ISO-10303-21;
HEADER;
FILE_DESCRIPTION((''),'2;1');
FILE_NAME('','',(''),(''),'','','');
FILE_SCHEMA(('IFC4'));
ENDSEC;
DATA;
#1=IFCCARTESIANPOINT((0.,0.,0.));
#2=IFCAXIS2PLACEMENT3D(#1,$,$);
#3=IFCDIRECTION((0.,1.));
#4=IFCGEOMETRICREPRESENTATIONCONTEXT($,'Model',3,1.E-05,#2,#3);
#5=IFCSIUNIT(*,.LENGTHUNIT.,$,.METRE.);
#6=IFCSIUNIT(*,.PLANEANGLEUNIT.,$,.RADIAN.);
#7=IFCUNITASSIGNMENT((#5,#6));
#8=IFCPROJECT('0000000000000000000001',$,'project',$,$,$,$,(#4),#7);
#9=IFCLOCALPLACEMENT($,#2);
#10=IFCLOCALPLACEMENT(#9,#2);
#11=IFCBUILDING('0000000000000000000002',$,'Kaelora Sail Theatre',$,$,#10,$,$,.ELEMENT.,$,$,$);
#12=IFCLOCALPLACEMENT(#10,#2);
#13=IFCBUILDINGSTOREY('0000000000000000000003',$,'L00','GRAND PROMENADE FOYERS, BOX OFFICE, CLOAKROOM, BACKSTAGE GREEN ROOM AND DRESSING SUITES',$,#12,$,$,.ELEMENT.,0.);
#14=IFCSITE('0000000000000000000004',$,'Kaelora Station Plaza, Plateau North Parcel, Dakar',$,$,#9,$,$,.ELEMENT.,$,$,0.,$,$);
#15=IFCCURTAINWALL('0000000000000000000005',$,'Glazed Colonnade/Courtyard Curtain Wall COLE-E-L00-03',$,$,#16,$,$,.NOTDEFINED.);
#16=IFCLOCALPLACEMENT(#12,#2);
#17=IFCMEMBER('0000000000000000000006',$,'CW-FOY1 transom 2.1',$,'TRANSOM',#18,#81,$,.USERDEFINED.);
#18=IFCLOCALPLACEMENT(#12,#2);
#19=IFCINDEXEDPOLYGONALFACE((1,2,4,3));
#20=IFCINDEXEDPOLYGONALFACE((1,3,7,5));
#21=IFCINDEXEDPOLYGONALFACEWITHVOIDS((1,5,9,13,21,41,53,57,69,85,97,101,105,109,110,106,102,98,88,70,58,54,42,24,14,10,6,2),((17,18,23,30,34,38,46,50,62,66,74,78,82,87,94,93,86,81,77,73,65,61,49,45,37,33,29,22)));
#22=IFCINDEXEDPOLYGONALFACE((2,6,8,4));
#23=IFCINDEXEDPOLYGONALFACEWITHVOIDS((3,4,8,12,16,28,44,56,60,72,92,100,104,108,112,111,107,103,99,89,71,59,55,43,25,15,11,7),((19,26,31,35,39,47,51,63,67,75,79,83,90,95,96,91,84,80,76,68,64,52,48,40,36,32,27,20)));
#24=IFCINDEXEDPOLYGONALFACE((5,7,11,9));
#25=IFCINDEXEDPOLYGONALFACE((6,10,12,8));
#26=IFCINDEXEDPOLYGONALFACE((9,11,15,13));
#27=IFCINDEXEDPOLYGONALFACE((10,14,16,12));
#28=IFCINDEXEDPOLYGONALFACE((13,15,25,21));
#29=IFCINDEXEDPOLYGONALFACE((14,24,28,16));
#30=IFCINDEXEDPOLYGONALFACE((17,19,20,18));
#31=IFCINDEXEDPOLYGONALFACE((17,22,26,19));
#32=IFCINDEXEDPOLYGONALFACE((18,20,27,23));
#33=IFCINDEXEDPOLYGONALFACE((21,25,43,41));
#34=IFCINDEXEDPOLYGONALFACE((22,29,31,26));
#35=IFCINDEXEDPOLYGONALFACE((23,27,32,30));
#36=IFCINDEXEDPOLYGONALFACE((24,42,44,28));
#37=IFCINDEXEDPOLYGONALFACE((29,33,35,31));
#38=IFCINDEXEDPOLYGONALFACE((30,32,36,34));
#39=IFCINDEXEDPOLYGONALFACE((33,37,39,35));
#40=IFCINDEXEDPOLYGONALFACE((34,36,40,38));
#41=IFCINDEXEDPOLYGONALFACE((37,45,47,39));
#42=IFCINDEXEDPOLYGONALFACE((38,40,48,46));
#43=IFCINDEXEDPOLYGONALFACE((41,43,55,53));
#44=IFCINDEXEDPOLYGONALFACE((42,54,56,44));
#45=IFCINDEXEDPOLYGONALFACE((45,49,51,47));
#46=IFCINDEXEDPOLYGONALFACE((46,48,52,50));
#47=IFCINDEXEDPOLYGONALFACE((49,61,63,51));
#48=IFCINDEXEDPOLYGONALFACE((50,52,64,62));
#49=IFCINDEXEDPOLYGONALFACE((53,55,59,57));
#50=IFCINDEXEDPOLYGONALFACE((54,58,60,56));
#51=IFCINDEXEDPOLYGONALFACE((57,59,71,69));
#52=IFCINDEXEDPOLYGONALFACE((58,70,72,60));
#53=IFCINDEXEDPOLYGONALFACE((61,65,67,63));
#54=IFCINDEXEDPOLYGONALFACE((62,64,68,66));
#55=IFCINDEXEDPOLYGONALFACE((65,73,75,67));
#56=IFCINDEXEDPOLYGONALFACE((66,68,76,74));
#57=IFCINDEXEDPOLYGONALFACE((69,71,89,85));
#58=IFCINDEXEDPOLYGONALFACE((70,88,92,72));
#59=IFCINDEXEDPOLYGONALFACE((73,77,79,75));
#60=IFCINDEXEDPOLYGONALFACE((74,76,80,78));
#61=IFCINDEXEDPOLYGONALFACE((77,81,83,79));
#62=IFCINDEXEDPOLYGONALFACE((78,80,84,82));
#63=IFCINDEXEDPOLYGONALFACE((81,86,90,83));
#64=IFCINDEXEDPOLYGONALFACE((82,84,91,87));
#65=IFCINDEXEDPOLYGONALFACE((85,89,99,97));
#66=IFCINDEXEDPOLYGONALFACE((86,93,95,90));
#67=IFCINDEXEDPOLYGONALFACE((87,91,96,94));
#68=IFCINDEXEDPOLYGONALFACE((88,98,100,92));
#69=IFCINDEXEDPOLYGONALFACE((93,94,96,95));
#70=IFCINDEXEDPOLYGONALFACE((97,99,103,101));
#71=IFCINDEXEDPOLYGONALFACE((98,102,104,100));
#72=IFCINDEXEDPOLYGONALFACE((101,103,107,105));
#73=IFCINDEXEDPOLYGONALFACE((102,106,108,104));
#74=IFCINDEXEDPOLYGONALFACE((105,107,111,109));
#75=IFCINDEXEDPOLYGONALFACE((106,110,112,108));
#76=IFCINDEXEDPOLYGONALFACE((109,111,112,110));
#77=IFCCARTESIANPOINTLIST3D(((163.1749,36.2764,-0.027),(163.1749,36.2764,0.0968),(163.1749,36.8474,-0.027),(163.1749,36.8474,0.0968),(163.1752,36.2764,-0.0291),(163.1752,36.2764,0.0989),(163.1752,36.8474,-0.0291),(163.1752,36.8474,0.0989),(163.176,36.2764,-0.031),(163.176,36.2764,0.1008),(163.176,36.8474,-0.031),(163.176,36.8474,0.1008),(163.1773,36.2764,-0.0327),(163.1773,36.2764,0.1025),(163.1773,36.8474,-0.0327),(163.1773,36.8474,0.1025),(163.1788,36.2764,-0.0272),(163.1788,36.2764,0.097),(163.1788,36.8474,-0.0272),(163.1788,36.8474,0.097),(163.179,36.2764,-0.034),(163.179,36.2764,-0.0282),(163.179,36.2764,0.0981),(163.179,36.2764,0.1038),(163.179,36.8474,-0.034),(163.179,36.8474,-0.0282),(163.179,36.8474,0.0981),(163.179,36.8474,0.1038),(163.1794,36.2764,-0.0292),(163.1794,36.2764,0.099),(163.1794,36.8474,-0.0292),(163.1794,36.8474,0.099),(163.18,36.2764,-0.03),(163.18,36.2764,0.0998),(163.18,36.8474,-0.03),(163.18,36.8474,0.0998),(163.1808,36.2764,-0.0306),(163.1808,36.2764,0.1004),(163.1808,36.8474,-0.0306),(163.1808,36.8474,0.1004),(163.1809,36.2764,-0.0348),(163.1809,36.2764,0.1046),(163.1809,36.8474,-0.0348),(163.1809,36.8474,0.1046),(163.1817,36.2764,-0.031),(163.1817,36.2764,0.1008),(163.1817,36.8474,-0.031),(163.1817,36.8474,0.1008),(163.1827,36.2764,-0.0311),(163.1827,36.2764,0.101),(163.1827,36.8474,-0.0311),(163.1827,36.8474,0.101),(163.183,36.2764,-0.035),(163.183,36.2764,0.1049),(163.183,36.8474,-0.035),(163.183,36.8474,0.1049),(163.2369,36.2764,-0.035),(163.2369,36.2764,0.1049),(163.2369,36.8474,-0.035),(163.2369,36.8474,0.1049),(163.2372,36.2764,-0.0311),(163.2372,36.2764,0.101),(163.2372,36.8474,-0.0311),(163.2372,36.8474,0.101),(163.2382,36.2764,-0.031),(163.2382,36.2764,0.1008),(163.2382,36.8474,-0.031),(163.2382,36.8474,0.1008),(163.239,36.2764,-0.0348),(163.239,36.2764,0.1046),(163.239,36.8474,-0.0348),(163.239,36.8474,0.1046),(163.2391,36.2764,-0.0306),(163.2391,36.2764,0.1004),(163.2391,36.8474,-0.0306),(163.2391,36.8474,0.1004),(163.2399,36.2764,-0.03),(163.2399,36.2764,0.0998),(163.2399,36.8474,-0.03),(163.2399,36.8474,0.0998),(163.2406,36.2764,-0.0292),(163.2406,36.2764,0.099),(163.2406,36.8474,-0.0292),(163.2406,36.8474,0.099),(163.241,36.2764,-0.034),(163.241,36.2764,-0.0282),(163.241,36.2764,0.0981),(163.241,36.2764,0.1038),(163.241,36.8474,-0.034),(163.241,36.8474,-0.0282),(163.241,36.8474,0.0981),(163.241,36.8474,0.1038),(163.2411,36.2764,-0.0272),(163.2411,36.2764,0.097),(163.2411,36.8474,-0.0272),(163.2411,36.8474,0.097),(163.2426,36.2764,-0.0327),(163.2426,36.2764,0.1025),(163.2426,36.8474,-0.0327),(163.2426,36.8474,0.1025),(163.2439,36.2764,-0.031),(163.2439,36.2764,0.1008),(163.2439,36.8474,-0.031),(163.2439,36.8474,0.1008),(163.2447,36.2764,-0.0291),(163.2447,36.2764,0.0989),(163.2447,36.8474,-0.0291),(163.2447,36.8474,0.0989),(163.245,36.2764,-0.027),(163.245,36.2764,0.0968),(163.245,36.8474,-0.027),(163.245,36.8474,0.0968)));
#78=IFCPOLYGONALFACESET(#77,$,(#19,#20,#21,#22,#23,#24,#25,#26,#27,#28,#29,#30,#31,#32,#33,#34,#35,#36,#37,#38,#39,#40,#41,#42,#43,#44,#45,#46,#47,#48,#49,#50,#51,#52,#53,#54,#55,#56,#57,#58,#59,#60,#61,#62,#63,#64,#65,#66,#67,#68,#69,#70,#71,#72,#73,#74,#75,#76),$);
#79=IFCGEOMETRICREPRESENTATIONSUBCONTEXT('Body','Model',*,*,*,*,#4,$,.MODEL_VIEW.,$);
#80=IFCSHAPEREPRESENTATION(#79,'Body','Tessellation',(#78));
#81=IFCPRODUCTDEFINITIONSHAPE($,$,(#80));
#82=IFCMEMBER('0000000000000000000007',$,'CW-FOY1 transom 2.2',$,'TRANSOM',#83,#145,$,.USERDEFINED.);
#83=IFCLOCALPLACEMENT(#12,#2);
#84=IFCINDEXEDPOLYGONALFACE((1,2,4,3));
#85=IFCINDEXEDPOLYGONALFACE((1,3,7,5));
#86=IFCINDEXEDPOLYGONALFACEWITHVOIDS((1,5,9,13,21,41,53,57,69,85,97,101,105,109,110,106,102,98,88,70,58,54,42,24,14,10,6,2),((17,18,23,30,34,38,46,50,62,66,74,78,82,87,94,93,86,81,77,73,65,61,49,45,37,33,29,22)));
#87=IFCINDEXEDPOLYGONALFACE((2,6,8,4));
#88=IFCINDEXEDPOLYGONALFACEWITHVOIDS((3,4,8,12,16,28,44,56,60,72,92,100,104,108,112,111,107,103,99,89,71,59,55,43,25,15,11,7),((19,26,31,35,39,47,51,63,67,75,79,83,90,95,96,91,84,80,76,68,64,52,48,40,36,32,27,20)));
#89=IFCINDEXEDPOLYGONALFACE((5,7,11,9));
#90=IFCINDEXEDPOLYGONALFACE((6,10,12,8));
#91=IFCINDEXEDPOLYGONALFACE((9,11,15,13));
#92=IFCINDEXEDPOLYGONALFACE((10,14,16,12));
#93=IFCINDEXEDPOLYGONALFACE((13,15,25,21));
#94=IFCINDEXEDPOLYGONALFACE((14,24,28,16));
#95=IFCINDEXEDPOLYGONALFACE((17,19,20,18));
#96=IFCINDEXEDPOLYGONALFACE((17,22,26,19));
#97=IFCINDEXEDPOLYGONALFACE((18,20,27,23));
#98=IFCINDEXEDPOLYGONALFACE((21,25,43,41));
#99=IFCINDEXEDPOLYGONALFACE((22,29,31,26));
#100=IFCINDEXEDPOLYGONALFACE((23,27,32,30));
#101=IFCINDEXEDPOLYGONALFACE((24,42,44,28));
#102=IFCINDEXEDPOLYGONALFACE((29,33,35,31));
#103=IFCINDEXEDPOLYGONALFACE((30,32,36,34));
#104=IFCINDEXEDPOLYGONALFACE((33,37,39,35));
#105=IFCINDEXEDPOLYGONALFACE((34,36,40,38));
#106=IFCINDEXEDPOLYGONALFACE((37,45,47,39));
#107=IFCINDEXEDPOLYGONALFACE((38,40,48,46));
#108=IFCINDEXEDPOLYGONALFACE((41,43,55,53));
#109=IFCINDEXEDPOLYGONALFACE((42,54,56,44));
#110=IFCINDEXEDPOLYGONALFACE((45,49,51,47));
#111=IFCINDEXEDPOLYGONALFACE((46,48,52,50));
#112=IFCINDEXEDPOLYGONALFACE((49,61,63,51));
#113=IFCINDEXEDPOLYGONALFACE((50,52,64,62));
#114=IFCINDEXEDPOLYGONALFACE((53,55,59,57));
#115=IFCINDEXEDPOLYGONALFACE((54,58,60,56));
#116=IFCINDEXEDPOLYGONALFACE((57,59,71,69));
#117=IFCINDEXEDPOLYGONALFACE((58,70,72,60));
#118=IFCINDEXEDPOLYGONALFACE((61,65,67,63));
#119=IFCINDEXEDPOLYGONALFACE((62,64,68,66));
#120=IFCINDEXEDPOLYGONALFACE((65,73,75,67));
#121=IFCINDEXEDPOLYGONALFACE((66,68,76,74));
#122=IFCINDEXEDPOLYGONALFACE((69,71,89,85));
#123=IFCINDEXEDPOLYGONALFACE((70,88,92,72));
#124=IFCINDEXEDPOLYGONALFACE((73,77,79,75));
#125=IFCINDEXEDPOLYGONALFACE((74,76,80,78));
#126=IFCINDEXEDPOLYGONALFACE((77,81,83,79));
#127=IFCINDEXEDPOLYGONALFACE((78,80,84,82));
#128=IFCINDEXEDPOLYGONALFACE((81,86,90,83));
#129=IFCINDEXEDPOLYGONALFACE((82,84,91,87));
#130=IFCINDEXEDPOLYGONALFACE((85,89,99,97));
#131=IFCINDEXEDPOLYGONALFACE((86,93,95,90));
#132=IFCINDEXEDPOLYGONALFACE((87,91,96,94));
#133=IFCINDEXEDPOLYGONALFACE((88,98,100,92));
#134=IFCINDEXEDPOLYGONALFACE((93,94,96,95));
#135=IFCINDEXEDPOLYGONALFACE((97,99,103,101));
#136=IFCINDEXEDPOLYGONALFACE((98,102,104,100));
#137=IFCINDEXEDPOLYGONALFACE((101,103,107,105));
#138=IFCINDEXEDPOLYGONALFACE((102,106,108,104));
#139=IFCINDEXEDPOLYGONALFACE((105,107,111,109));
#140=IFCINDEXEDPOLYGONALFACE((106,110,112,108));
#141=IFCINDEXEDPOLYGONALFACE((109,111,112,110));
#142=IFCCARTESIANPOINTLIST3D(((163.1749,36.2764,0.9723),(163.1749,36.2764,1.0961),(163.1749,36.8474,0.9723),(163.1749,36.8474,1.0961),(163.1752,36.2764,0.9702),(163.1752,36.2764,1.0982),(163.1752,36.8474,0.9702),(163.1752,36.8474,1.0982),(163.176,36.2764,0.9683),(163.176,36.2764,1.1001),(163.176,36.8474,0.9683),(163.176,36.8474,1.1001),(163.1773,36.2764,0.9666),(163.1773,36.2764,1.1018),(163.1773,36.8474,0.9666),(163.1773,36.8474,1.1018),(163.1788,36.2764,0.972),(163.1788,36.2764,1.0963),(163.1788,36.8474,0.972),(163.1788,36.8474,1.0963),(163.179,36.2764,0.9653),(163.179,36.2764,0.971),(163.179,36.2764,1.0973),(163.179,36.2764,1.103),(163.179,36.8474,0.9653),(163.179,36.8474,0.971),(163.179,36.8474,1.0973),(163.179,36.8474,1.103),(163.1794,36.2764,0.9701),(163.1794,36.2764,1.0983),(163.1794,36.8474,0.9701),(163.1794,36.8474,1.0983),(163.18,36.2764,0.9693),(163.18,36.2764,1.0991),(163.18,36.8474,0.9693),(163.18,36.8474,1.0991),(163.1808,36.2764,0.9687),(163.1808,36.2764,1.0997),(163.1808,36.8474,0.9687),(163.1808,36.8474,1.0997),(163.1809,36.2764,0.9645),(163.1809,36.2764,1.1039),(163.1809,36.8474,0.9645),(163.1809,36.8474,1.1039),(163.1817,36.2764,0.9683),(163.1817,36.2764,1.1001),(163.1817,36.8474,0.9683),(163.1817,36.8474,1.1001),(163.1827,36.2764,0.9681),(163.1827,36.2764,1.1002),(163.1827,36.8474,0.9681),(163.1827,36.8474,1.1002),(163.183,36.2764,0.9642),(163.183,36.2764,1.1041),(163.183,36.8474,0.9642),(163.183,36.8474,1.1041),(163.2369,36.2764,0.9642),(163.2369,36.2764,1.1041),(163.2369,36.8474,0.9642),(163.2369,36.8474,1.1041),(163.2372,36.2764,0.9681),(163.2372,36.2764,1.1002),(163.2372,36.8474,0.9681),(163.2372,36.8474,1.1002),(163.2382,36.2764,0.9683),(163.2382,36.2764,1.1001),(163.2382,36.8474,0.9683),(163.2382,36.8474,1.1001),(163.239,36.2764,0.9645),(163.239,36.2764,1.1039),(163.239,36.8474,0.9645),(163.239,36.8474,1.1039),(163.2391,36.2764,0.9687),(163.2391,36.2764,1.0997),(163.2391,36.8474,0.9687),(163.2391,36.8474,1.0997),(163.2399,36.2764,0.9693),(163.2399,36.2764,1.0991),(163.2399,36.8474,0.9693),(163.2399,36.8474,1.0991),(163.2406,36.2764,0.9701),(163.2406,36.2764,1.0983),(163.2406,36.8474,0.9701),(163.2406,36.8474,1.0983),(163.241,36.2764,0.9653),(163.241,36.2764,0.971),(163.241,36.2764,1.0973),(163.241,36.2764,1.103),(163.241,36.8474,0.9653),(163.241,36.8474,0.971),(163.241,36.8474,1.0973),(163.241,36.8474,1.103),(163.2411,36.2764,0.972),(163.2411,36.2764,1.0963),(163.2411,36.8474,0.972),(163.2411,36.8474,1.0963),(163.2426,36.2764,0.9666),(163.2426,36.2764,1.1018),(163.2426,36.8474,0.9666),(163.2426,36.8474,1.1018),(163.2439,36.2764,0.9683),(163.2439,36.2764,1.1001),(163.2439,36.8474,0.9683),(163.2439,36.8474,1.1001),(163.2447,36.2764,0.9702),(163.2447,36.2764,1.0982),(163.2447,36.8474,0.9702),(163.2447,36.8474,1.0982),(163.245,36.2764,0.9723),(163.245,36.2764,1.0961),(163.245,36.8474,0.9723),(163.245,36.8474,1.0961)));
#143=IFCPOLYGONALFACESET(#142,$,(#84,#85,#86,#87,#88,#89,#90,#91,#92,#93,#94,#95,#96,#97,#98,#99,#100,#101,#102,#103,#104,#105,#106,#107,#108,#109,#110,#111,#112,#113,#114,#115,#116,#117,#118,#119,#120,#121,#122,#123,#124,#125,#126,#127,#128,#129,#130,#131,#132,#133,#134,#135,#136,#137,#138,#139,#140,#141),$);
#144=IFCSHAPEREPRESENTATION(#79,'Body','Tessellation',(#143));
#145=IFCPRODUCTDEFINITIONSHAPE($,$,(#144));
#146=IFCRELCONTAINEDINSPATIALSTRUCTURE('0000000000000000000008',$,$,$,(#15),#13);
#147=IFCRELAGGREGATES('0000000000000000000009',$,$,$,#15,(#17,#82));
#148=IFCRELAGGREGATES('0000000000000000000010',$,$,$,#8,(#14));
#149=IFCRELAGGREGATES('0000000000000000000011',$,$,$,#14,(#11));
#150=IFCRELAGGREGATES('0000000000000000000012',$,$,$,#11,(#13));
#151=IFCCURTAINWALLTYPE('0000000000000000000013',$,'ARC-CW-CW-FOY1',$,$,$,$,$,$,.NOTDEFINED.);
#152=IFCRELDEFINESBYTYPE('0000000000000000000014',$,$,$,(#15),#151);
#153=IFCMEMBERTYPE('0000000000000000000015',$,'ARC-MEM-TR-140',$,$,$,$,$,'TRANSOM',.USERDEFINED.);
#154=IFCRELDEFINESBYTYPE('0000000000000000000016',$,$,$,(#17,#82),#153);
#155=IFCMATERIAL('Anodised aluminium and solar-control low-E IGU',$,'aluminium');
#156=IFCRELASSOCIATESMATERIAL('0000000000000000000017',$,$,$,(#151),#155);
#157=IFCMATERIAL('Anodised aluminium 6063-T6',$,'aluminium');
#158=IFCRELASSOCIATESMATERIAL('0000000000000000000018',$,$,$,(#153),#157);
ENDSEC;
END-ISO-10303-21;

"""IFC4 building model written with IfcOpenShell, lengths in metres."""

from ifc_helpers import new_model, si_unit, direction, frame, origin, origin_2d, place, context, subcontext, project, spatial, hollow_rectangle, extrude, material, material_profile, profile_set, type_object, element, aggregate, save


model = new_model("IFC4")

# Units and contexts
model_context = context("Model", 3, precision=1e-05, world=origin(), true_north=direction((0.0, 1.0)))
body_context = subcontext(model_context, "Body", "Model", "MODEL_VIEW")
ifc_project = project(units=[si_unit("LENGTHUNIT", "METRE"), si_unit("PLANEANGLEUNIT", "RADIAN")], contexts=[model_context])

# Site, building, storey
site_placement = place(None, origin())
site = spatial("IfcSite", under=ifc_project, at=site_placement, Name="Kaelora Station Plaza, Plateau North Parcel, Dakar", CompositionType="ELEMENT", RefElevation=0.0)
building_placement = place(site_placement, origin())
building = spatial("IfcBuilding", under=site, at=building_placement, Name="Kaelora Sail Theatre", CompositionType="ELEMENT")
storey_placement = place(building_placement, origin())
storey = spatial("IfcBuildingStorey", under=building, at=storey_placement, Name="L00", Description="GRAND PROMENADE FOYERS, BOX OFFICE, CLOAKROOM, BACKSTAGE GREEN ROOM AND DRESSING SUITES", CompositionType="ELEMENT", Elevation=0.0)

# Shared definitions
ifc_material_1 = material(Name="Anodised aluminium and solar-control low-E IGU", Category="aluminium")
curtain_wall_type = type_object("IfcCurtainWallType", Name="ARC-CW-CW-FOY1", PredefinedType="NOTDEFINED", material=ifc_material_1)

# Curtain wall, members
curtain_wall_1_placement = place(storey_placement, origin())
curtain_wall_1 = element("IfcCurtainWall", 1, at=curtain_wall_1_placement, inside=storey, type_object=curtain_wall_type, Name="Glazed Colonnade/Courtyard Curtain Wall COLE-E-L00-03", PredefinedType="NOTDEFINED")
ifc_material_2 = material(Name="Anodised aluminium 6063-T6", Category="aluminium")
ifc_material_profile_1 = material_profile(ifc_material_2, hollow_rectangle(XDim=0.0701, YDim=0.1399, WallThickness=0.0039, InnerFilletRadius=0.0039, OuterFilletRadius=0.0081, at=origin_2d()), Name="ALU-TRAN 70x140x4")
ifc_profile_set_1 = profile_set([ifc_material_profile_1], Name="Anodised aluminium 6063-T6")
member_type_1 = type_object("IfcMemberType", Name="ARC-MEM-TR-140", ElementType="TRANSOM", PredefinedType="USERDEFINED", material=ifc_profile_set_1)
member_1_placement = place(storey_placement, frame((163.21, 36.2764, 0.0349), z_axis=(0.0, 1.0, 0.0), x_axis=(-1.0, 0.0, 0.0)))
member_1 = element("IfcMember", 2, at=member_1_placement, type_object=member_type_1, Name="CW-FOY1 transom 2.1", ObjectType="TRANSOM", PredefinedType="USERDEFINED", context=body_context, shape_type="SweptSolid", body=[
    extrude(hollow_rectangle(XDim=0.0701, YDim=0.1399, WallThickness=0.0039, InnerFilletRadius=0.0039, OuterFilletRadius=0.0081, at=origin_2d()), origin(), (0.0, 0.0, 1.0), 0.571),
])
member_2_placement = place(storey_placement, frame((163.21, 36.2764, 1.0342), z_axis=(0.0, 1.0, 0.0), x_axis=(-1.0, 0.0, 0.0)))
member_2 = element("IfcMember", 3, at=member_2_placement, type_object=member_type_1, Name="CW-FOY1 transom 2.2", ObjectType="TRANSOM", PredefinedType="USERDEFINED", context=body_context, shape_type="SweptSolid", body=[
    extrude(hollow_rectangle(XDim=0.0701, YDim=0.1399, WallThickness=0.0039, InnerFilletRadius=0.0039, OuterFilletRadius=0.0081, at=origin_2d()), origin(), (0.0, 0.0, 1.0), 0.571),
])
aggregate(curtain_wall_1, [member_1, member_2])

save(model, "model.ifc")
